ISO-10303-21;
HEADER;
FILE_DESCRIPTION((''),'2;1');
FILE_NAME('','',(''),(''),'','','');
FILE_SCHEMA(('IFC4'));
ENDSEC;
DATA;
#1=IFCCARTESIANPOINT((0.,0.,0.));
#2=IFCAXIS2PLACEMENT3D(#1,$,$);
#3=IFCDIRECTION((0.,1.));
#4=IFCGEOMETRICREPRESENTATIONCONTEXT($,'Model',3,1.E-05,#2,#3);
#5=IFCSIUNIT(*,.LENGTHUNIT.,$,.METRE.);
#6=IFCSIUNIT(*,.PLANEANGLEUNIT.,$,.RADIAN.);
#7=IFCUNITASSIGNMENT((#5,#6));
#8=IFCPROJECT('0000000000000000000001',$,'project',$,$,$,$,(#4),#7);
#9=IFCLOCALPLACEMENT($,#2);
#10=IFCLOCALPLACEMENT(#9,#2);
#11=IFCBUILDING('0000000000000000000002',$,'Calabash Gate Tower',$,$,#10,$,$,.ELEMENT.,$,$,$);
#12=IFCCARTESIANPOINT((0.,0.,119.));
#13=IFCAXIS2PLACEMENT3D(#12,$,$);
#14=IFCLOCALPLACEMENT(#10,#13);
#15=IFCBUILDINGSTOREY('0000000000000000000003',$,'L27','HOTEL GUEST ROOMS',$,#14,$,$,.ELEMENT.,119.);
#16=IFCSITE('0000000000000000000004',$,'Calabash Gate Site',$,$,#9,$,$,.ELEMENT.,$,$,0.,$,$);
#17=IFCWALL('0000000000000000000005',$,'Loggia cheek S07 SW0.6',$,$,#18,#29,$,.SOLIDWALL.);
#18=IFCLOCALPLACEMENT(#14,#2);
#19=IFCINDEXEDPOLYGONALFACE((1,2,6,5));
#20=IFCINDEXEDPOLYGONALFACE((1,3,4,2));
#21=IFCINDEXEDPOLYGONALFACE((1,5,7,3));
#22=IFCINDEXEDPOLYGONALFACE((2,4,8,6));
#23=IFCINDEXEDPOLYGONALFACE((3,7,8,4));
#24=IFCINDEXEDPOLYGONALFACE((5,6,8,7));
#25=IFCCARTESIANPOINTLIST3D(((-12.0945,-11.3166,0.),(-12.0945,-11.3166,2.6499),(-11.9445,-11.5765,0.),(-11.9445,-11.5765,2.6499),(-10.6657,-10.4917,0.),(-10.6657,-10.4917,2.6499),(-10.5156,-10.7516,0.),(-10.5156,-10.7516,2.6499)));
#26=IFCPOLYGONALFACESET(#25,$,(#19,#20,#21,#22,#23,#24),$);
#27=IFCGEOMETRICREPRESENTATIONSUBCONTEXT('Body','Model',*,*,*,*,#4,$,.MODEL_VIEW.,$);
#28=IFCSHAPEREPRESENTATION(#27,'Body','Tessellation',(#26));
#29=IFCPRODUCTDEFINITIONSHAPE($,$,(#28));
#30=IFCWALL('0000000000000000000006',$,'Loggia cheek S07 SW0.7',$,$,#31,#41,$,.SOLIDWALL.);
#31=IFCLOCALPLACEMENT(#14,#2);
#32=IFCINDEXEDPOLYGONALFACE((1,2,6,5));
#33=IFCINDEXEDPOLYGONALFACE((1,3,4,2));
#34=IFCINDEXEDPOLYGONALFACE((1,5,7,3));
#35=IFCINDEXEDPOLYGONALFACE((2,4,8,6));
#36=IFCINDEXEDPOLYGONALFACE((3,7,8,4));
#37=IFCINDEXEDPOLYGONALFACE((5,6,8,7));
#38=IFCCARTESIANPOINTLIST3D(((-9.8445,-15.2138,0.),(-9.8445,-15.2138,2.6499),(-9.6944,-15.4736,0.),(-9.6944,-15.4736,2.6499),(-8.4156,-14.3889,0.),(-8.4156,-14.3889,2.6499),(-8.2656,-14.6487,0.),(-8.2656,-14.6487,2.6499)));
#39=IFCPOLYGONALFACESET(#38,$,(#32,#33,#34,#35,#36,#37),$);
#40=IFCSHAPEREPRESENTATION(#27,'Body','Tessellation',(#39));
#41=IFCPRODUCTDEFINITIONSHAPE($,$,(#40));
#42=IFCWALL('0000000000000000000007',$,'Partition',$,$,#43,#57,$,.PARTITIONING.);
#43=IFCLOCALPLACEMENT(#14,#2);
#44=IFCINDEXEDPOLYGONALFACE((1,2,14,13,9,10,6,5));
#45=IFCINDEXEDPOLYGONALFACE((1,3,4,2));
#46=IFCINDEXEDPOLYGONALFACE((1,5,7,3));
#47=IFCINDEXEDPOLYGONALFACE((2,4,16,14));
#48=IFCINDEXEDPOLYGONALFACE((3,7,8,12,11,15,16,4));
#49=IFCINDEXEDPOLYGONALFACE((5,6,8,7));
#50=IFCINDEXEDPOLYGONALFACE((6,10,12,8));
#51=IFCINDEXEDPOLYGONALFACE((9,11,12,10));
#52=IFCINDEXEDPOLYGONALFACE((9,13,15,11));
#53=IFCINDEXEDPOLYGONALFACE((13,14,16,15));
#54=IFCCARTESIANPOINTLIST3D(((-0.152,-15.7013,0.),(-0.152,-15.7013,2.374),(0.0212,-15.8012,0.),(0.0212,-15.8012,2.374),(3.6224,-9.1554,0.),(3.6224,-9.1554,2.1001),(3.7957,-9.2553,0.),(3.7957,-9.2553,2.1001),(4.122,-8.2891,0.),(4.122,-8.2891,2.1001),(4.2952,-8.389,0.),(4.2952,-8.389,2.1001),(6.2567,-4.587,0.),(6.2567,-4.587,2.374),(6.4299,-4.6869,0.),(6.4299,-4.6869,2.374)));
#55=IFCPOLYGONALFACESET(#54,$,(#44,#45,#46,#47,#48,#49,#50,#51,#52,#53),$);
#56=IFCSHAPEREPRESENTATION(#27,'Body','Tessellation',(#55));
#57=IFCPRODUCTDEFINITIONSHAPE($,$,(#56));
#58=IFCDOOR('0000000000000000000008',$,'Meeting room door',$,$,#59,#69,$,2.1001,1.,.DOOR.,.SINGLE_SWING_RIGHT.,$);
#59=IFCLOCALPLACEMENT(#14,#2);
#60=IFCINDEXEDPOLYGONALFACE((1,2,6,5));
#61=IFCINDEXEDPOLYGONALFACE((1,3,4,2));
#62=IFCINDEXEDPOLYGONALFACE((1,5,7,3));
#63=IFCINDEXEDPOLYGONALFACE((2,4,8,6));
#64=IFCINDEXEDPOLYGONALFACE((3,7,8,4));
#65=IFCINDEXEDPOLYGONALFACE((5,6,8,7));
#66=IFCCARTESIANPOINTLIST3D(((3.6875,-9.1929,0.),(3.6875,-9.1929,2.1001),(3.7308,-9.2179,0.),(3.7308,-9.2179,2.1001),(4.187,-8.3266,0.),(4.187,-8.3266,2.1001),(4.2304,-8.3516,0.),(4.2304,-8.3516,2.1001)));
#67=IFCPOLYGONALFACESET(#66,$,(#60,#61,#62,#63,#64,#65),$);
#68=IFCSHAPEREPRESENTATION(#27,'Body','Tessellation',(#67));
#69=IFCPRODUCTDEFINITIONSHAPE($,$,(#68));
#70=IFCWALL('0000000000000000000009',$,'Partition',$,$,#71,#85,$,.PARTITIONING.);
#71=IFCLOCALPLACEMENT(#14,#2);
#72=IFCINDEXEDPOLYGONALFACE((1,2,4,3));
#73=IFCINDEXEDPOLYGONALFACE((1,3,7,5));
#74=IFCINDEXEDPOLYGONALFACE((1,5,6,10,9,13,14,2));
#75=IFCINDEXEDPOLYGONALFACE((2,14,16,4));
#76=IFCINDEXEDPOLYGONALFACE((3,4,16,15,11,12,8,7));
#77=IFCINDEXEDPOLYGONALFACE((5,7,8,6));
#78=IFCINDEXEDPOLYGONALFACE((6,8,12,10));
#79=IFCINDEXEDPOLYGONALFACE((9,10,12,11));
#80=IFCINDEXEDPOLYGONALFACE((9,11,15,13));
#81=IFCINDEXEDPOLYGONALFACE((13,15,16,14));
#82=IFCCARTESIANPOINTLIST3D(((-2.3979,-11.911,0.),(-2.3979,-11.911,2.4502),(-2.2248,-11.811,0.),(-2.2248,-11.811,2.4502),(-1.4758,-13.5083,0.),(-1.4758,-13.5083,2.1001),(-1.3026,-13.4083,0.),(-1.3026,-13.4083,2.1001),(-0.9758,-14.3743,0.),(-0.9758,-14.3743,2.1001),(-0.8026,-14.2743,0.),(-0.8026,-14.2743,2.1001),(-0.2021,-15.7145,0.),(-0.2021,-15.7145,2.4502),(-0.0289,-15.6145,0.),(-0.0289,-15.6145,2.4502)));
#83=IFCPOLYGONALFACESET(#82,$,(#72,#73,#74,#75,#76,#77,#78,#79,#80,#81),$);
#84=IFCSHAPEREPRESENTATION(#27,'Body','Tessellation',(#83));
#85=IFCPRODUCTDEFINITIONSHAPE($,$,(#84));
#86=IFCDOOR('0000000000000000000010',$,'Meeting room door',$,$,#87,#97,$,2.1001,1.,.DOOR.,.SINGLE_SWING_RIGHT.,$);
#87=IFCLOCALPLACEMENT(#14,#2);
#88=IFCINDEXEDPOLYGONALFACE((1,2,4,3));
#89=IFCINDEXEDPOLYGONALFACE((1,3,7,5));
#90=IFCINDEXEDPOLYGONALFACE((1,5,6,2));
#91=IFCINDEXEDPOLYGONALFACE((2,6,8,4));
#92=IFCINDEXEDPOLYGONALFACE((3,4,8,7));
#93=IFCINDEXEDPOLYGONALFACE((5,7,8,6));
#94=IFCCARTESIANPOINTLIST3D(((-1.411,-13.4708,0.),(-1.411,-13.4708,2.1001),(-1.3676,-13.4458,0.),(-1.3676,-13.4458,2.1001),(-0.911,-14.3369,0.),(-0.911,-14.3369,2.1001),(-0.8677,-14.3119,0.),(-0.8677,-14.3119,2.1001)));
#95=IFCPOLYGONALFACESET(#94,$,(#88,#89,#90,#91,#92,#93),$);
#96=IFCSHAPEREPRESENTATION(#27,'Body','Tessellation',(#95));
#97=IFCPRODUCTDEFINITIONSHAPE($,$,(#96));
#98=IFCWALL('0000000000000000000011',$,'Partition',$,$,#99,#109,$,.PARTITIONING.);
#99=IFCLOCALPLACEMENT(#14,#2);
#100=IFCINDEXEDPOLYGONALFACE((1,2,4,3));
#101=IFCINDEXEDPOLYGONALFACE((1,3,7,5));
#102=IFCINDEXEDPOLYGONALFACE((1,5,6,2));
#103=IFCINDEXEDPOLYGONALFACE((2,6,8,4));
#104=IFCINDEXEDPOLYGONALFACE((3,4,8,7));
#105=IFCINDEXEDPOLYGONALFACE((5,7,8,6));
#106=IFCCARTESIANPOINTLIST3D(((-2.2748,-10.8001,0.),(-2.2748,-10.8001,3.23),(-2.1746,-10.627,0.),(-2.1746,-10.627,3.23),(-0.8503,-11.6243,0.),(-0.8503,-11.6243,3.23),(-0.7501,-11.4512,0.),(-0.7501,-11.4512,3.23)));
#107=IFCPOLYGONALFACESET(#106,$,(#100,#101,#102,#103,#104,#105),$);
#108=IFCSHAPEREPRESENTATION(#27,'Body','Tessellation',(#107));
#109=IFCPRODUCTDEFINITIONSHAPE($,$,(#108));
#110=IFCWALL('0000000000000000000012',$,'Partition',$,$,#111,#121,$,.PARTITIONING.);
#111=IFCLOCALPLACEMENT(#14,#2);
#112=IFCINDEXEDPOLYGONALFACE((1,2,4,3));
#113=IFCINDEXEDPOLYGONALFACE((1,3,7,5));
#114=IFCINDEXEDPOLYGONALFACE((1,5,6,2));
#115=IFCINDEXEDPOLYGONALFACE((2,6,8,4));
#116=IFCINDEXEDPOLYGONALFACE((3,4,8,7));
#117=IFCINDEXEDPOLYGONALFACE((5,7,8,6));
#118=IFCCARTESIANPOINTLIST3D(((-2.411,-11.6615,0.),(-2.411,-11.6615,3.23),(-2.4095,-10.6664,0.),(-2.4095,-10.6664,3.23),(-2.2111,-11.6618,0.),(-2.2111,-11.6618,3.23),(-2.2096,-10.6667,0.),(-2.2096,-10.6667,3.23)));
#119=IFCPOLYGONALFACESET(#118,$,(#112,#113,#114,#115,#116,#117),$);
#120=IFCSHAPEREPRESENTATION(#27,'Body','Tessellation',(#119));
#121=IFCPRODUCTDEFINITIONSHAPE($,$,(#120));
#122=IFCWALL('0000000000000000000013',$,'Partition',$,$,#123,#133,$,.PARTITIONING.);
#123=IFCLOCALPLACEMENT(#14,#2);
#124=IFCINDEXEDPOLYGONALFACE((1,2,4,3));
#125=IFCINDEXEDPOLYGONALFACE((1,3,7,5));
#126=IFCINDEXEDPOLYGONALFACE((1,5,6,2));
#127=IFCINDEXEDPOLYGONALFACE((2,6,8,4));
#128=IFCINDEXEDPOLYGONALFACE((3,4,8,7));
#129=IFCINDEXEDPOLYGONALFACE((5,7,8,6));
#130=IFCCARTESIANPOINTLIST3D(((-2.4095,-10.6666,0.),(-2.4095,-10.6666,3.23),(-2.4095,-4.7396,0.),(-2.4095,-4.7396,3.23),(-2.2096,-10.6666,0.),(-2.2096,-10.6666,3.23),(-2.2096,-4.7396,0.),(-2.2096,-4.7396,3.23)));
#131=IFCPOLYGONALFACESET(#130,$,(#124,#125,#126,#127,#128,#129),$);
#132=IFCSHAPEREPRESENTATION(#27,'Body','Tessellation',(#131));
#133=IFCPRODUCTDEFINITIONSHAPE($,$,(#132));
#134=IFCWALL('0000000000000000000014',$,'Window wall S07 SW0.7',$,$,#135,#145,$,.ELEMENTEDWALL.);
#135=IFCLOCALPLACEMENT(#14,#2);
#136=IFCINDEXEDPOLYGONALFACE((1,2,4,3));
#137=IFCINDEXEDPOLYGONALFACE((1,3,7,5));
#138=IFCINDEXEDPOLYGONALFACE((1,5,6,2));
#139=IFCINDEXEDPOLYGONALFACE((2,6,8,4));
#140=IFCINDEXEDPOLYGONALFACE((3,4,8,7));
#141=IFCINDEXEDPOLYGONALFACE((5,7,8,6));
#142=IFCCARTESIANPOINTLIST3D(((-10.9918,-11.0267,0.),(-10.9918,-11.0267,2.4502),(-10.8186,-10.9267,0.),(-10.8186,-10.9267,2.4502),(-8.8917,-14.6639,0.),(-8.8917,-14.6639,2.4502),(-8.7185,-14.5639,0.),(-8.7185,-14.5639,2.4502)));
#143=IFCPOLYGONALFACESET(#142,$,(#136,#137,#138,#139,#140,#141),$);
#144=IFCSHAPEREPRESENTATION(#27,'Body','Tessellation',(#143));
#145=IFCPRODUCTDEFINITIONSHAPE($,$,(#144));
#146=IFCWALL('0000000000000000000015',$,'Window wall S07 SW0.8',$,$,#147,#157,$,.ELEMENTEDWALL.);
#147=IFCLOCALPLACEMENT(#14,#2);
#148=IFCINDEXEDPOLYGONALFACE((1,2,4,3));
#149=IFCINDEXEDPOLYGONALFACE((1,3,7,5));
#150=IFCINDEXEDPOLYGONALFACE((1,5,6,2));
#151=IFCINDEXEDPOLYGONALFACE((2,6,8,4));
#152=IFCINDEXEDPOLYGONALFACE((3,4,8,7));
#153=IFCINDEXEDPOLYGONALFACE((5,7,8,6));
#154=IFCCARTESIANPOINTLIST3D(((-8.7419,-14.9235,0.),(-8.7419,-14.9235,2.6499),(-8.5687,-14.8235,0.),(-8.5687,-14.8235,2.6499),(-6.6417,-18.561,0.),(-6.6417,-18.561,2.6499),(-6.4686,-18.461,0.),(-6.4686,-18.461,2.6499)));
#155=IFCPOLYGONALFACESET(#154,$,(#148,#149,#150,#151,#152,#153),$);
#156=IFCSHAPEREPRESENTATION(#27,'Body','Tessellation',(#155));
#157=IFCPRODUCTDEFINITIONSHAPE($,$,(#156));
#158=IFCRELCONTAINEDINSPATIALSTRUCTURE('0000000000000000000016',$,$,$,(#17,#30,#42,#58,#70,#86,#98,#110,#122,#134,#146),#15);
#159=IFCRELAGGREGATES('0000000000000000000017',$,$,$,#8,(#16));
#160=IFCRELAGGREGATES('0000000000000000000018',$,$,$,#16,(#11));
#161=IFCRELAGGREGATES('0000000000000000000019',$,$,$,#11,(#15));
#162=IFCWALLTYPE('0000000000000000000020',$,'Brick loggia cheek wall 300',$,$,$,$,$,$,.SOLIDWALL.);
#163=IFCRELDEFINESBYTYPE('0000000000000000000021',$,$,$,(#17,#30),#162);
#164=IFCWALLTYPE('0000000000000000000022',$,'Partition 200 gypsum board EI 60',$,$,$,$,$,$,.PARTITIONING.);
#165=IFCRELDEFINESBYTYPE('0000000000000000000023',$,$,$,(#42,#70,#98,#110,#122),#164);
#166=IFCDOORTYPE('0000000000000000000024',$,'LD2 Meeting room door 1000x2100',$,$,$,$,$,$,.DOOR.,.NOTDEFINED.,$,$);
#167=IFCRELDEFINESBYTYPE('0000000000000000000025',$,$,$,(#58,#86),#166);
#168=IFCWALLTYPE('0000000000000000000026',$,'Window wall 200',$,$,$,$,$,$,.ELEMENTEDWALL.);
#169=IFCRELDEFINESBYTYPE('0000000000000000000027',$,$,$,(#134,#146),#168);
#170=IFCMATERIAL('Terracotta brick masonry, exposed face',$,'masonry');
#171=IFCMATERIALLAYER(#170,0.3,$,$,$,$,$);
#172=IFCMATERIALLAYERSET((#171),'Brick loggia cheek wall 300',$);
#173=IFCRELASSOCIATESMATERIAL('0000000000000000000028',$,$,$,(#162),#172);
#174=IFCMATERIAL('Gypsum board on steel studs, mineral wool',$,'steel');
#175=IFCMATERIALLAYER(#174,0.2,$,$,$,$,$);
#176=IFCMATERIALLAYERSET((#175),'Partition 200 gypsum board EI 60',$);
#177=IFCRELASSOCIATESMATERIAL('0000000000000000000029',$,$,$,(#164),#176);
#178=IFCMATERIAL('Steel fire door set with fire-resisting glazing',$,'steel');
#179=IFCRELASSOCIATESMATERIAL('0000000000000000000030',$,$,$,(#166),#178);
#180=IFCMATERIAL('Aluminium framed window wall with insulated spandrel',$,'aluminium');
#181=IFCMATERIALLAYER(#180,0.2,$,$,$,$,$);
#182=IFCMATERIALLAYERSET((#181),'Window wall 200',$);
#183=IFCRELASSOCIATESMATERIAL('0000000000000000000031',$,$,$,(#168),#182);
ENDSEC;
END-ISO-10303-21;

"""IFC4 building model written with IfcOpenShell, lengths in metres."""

from ifc_helpers import new_model, si_unit, direction, frame, frame_2d, origin, place, context, subcontext, project, spatial, rectangle, extrude, material, layer, layer_set, type_object, element, fill, save


model = new_model("IFC4")

# Units and contexts
model_context = context("Model", 3, precision=1e-05, world=origin(), true_north=direction((0.0, 1.0)))
body_context = subcontext(model_context, "Body", "Model", "MODEL_VIEW")
ifc_project = project(units=[si_unit("LENGTHUNIT", "METRE"), si_unit("PLANEANGLEUNIT", "RADIAN")], contexts=[model_context])

# Site, building, storey
site_placement = place(None, origin())
site = spatial("IfcSite", under=ifc_project, at=site_placement, Name="Calabash Gate Site", CompositionType="ELEMENT", RefElevation=0.0)
building_placement = place(site_placement, origin())
building = spatial("IfcBuilding", under=site, at=building_placement, Name="Calabash Gate Tower", CompositionType="ELEMENT")
storey_placement = place(building_placement, frame((0.0, 0.0, 119.0)))
storey = spatial("IfcBuildingStorey", under=building, at=storey_placement, Name="L27", Description="HOTEL GUEST ROOMS", CompositionType="ELEMENT", Elevation=119.0)

# Walls
ifc_material_1 = material(Name="Terracotta brick masonry, exposed face", Category="masonry")
ifc_layer_1 = layer(ifc_material_1, 0.3)
ifc_layer_set_1 = layer_set([ifc_layer_1], Name="Brick loggia cheek wall 300")
wall_type_1 = type_object("IfcWallType", Name="Brick loggia cheek wall 300", PredefinedType="SOLIDWALL", material=ifc_layer_set_1)
for number, where, z_axis, x_axis, name in (
    (1, (-12.0195, -11.4465, 0.0), (0.0, 0.0, 1.0), (0.86604, 0.499974, 0.0), "Loggia cheek S07 SW0.6"),
    (2, (-8.3406, -14.5188, 0.0), (0.0, 0.0, 1.0), (-0.86604, -0.499974, 0.0), "Loggia cheek S07 SW0.7"),
):
    element("IfcWall", number, at=place(storey_placement, frame(where, z_axis=z_axis, x_axis=x_axis)), inside=storey, type_object=wall_type_1, Name=name, PredefinedType="SOLIDWALL", context=body_context, shape_type="SweptSolid", body=[
        extrude(rectangle(XDim=1.6499, YDim=0.3, at=frame_2d((0.825, 0.0))), origin(), (0.0, 0.0, 1.0), 2.6499),
    ])

# Walls, openings, doors
ifc_material_2 = material(Name="Gypsum board on steel studs, mineral wool", Category="steel")
ifc_layer_2 = layer(ifc_material_2, 0.2)
ifc_layer_set_2 = layer_set([ifc_layer_2], Name="Partition 200 gypsum board EI 60")
wall_type_2 = type_object("IfcWallType", Name="Partition 200 gypsum board EI 60", PredefinedType="PARTITIONING", material=ifc_layer_set_2)
wall_1_placement = place(storey_placement, frame((-0.0654, -15.7512, 0.0), z_axis=(0.0, 0.0, 1.0), x_axis=(0.499525, 0.8663, 0.0)))
wall_1 = element("IfcWall", 3, at=wall_1_placement, inside=storey, type_object=wall_type_2, Name="Partition", PredefinedType="PARTITIONING", context=body_context, shape_type="SweptSolid", body=[
    extrude(rectangle(XDim=12.8296, YDim=0.2, at=frame_2d((6.4148, 0.0))), origin(), (0.0, 0.0, 1.0), 2.374),
])
opening_1_placement = place(wall_1_placement, frame((7.5562, 0.0, 0.0)))
opening_1 = element("IfcOpeningElement", 4, at=opening_1_placement, cuts=wall_1, PredefinedType="OPENING", context=body_context, shape_type="SweptSolid", body=[
    extrude(rectangle(XDim=1.0, YDim=2.1001, at=frame_2d((0.5, 1.05))), frame((0.0, 0.1099, 0.0), z_axis=(0.0, -1.0, 0.0), x_axis=(1.0, 0.0, 0.0)), (0.0, 0.0, 1.0), 0.22),
])
ifc_material_3 = material(Name="Steel fire door set with fire-resisting glazing", Category="steel")
door_type = type_object("IfcDoorType", Name="LD2 Meeting room door 1000x2100", OperationType="NOTDEFINED", PredefinedType="DOOR", material=ifc_material_3)
door_1_placement = place(opening_1_placement, origin())
door_1 = element("IfcDoor", 5, at=door_1_placement, inside=storey, type_object=door_type, Name="Meeting room door", OperationType="SINGLE_SWING_RIGHT", OverallHeight=2.1001, OverallWidth=1.0, PredefinedType="DOOR", context=body_context, shape_type="SweptSolid", body=[
    extrude(rectangle(XDim=1.0, YDim=2.1001, at=frame_2d((0.5, 1.05))), frame((0.0, 0.0249, 0.0), z_axis=(0.0, -1.0, 0.0), x_axis=(1.0, 0.0, 0.0)), (0.0, 0.0, 1.0), 0.05),
])
fill(opening_1, door_1)
wall_2_placement = place(storey_placement, frame((-2.3113, -11.8611, 0.0), z_axis=(0.0, 0.0, 1.0), x_axis=(0.499977, -0.866038, 0.0)))
wall_2 = element("IfcWall", 6, at=wall_2_placement, inside=storey, type_object=wall_type_2, Name="Partition", PredefinedType="PARTITIONING", context=body_context, shape_type="SweptSolid", body=[
    extrude(rectangle(XDim=4.3918, YDim=0.2, at=frame_2d((2.1958, 0.0))), origin(), (0.0, 0.0, 1.0), 2.4502),
])
opening_2_placement = place(wall_2_placement, frame((1.8442, 0.0, 0.0)))
opening_2 = element("IfcOpeningElement", 7, at=opening_2_placement, cuts=wall_2, PredefinedType="OPENING", context=body_context, shape_type="SweptSolid", body=[
    extrude(rectangle(XDim=1.0, YDim=2.1001, at=frame_2d((0.5, 1.05))), frame((0.0, 0.1099, 0.0), z_axis=(0.0, -1.0, 0.0), x_axis=(1.0, 0.0, 0.0)), (0.0, 0.0, 1.0), 0.22),
])
door_2_placement = place(opening_2_placement, origin())
door_2 = element("IfcDoor", 8, at=door_2_placement, inside=storey, type_object=door_type, Name="Meeting room door", OperationType="SINGLE_SWING_RIGHT", OverallHeight=2.1001, OverallWidth=1.0, PredefinedType="DOOR", context=body_context, shape_type="SweptSolid", body=[
    extrude(rectangle(XDim=1.0, YDim=2.1001, at=frame_2d((0.5, 1.05))), frame((0.0, 0.0249, 0.0), z_axis=(0.0, -1.0, 0.0), x_axis=(1.0, 0.0, 0.0)), (0.0, 0.0, 1.0), 0.05),
])
fill(opening_2, door_2)

# Walls
wall_3_placement = place(storey_placement, frame((-2.2246, -10.7136, 0.0), z_axis=(0.0, 0.0, 1.0), x_axis=(0.865565, -0.500797, 0.0)))
element("IfcWall", 9, at=wall_3_placement, inside=storey, type_object=wall_type_2, Name="Partition", PredefinedType="PARTITIONING", context=body_context, shape_type="SweptSolid", body=[
    extrude(rectangle(XDim=1.6458, YDim=0.2, at=frame_2d((0.8228, 0.0))), origin(), (0.0, 0.0, 1.0), 3.23),
])
wall_4_placement = place(storey_placement, frame((-2.311, -11.6616, 0.0), z_axis=(0.0, 0.0, 1.0), x_axis=(0.001472, 0.999999, 0.0)))
element("IfcWall", 10, at=wall_4_placement, inside=storey, type_object=wall_type_2, Name="Partition", PredefinedType="PARTITIONING", context=body_context, shape_type="SweptSolid", body=[
    extrude(rectangle(XDim=0.9951, YDim=0.2, at=frame_2d((0.4976, 0.0))), origin(), (0.0, 0.0, 1.0), 3.23),
])
wall_5_placement = place(storey_placement, frame((-2.3096, -10.6665, 0.0), z_axis=(0.0, 0.0, 1.0), x_axis=(0.0, 1.0, 0.0)))
element("IfcWall", 11, at=wall_5_placement, inside=storey, type_object=wall_type_2, Name="Partition", PredefinedType="PARTITIONING", context=body_context, shape_type="SweptSolid", body=[
    extrude(rectangle(XDim=5.927, YDim=0.2, at=frame_2d((2.9634, 0.0))), origin(), (0.0, 0.0, 1.0), 3.23),
])
ifc_material_4 = material(Name="Aluminium framed window wall with insulated spandrel", Category="aluminium")
ifc_layer_3 = layer(ifc_material_4, 0.2)
ifc_layer_set_3 = layer_set([ifc_layer_3], Name="Window wall 200")
wall_type_3 = type_object("IfcWallType", Name="Window wall 200", PredefinedType="ELEMENTEDWALL", material=ifc_layer_set_3)
wall_6_placement = place(storey_placement, frame((-10.9053, -10.9766, 0.0), z_axis=(0.0, 0.0, 1.0), x_axis=(0.500028, -0.866009, 0.0)))
element("IfcWall", 12, at=wall_6_placement, inside=storey, type_object=wall_type_3, Name="Window wall S07 SW0.7", PredefinedType="ELEMENTEDWALL", context=body_context, shape_type="SweptSolid", body=[
    extrude(rectangle(XDim=4.2, YDim=0.2, at=frame_2d((2.1001, 0.0))), origin(), (0.0, 0.0, 1.0), 2.4502),
])
wall_7_placement = place(storey_placement, frame((-8.6553, -14.8735, 0.0), z_axis=(0.0, 0.0, 1.0), x_axis=(0.500003, -0.866024, 0.0)))
element("IfcWall", 13, at=wall_7_placement, inside=storey, type_object=wall_type_3, Name="Window wall S07 SW0.8", PredefinedType="ELEMENTEDWALL", context=body_context, shape_type="SweptSolid", body=[
    extrude(rectangle(XDim=4.2002, YDim=0.2, at=frame_2d((2.1001, 0.0))), origin(), (0.0, 0.0, 1.0), 2.6499),
])

save(model, "model.ifc")
